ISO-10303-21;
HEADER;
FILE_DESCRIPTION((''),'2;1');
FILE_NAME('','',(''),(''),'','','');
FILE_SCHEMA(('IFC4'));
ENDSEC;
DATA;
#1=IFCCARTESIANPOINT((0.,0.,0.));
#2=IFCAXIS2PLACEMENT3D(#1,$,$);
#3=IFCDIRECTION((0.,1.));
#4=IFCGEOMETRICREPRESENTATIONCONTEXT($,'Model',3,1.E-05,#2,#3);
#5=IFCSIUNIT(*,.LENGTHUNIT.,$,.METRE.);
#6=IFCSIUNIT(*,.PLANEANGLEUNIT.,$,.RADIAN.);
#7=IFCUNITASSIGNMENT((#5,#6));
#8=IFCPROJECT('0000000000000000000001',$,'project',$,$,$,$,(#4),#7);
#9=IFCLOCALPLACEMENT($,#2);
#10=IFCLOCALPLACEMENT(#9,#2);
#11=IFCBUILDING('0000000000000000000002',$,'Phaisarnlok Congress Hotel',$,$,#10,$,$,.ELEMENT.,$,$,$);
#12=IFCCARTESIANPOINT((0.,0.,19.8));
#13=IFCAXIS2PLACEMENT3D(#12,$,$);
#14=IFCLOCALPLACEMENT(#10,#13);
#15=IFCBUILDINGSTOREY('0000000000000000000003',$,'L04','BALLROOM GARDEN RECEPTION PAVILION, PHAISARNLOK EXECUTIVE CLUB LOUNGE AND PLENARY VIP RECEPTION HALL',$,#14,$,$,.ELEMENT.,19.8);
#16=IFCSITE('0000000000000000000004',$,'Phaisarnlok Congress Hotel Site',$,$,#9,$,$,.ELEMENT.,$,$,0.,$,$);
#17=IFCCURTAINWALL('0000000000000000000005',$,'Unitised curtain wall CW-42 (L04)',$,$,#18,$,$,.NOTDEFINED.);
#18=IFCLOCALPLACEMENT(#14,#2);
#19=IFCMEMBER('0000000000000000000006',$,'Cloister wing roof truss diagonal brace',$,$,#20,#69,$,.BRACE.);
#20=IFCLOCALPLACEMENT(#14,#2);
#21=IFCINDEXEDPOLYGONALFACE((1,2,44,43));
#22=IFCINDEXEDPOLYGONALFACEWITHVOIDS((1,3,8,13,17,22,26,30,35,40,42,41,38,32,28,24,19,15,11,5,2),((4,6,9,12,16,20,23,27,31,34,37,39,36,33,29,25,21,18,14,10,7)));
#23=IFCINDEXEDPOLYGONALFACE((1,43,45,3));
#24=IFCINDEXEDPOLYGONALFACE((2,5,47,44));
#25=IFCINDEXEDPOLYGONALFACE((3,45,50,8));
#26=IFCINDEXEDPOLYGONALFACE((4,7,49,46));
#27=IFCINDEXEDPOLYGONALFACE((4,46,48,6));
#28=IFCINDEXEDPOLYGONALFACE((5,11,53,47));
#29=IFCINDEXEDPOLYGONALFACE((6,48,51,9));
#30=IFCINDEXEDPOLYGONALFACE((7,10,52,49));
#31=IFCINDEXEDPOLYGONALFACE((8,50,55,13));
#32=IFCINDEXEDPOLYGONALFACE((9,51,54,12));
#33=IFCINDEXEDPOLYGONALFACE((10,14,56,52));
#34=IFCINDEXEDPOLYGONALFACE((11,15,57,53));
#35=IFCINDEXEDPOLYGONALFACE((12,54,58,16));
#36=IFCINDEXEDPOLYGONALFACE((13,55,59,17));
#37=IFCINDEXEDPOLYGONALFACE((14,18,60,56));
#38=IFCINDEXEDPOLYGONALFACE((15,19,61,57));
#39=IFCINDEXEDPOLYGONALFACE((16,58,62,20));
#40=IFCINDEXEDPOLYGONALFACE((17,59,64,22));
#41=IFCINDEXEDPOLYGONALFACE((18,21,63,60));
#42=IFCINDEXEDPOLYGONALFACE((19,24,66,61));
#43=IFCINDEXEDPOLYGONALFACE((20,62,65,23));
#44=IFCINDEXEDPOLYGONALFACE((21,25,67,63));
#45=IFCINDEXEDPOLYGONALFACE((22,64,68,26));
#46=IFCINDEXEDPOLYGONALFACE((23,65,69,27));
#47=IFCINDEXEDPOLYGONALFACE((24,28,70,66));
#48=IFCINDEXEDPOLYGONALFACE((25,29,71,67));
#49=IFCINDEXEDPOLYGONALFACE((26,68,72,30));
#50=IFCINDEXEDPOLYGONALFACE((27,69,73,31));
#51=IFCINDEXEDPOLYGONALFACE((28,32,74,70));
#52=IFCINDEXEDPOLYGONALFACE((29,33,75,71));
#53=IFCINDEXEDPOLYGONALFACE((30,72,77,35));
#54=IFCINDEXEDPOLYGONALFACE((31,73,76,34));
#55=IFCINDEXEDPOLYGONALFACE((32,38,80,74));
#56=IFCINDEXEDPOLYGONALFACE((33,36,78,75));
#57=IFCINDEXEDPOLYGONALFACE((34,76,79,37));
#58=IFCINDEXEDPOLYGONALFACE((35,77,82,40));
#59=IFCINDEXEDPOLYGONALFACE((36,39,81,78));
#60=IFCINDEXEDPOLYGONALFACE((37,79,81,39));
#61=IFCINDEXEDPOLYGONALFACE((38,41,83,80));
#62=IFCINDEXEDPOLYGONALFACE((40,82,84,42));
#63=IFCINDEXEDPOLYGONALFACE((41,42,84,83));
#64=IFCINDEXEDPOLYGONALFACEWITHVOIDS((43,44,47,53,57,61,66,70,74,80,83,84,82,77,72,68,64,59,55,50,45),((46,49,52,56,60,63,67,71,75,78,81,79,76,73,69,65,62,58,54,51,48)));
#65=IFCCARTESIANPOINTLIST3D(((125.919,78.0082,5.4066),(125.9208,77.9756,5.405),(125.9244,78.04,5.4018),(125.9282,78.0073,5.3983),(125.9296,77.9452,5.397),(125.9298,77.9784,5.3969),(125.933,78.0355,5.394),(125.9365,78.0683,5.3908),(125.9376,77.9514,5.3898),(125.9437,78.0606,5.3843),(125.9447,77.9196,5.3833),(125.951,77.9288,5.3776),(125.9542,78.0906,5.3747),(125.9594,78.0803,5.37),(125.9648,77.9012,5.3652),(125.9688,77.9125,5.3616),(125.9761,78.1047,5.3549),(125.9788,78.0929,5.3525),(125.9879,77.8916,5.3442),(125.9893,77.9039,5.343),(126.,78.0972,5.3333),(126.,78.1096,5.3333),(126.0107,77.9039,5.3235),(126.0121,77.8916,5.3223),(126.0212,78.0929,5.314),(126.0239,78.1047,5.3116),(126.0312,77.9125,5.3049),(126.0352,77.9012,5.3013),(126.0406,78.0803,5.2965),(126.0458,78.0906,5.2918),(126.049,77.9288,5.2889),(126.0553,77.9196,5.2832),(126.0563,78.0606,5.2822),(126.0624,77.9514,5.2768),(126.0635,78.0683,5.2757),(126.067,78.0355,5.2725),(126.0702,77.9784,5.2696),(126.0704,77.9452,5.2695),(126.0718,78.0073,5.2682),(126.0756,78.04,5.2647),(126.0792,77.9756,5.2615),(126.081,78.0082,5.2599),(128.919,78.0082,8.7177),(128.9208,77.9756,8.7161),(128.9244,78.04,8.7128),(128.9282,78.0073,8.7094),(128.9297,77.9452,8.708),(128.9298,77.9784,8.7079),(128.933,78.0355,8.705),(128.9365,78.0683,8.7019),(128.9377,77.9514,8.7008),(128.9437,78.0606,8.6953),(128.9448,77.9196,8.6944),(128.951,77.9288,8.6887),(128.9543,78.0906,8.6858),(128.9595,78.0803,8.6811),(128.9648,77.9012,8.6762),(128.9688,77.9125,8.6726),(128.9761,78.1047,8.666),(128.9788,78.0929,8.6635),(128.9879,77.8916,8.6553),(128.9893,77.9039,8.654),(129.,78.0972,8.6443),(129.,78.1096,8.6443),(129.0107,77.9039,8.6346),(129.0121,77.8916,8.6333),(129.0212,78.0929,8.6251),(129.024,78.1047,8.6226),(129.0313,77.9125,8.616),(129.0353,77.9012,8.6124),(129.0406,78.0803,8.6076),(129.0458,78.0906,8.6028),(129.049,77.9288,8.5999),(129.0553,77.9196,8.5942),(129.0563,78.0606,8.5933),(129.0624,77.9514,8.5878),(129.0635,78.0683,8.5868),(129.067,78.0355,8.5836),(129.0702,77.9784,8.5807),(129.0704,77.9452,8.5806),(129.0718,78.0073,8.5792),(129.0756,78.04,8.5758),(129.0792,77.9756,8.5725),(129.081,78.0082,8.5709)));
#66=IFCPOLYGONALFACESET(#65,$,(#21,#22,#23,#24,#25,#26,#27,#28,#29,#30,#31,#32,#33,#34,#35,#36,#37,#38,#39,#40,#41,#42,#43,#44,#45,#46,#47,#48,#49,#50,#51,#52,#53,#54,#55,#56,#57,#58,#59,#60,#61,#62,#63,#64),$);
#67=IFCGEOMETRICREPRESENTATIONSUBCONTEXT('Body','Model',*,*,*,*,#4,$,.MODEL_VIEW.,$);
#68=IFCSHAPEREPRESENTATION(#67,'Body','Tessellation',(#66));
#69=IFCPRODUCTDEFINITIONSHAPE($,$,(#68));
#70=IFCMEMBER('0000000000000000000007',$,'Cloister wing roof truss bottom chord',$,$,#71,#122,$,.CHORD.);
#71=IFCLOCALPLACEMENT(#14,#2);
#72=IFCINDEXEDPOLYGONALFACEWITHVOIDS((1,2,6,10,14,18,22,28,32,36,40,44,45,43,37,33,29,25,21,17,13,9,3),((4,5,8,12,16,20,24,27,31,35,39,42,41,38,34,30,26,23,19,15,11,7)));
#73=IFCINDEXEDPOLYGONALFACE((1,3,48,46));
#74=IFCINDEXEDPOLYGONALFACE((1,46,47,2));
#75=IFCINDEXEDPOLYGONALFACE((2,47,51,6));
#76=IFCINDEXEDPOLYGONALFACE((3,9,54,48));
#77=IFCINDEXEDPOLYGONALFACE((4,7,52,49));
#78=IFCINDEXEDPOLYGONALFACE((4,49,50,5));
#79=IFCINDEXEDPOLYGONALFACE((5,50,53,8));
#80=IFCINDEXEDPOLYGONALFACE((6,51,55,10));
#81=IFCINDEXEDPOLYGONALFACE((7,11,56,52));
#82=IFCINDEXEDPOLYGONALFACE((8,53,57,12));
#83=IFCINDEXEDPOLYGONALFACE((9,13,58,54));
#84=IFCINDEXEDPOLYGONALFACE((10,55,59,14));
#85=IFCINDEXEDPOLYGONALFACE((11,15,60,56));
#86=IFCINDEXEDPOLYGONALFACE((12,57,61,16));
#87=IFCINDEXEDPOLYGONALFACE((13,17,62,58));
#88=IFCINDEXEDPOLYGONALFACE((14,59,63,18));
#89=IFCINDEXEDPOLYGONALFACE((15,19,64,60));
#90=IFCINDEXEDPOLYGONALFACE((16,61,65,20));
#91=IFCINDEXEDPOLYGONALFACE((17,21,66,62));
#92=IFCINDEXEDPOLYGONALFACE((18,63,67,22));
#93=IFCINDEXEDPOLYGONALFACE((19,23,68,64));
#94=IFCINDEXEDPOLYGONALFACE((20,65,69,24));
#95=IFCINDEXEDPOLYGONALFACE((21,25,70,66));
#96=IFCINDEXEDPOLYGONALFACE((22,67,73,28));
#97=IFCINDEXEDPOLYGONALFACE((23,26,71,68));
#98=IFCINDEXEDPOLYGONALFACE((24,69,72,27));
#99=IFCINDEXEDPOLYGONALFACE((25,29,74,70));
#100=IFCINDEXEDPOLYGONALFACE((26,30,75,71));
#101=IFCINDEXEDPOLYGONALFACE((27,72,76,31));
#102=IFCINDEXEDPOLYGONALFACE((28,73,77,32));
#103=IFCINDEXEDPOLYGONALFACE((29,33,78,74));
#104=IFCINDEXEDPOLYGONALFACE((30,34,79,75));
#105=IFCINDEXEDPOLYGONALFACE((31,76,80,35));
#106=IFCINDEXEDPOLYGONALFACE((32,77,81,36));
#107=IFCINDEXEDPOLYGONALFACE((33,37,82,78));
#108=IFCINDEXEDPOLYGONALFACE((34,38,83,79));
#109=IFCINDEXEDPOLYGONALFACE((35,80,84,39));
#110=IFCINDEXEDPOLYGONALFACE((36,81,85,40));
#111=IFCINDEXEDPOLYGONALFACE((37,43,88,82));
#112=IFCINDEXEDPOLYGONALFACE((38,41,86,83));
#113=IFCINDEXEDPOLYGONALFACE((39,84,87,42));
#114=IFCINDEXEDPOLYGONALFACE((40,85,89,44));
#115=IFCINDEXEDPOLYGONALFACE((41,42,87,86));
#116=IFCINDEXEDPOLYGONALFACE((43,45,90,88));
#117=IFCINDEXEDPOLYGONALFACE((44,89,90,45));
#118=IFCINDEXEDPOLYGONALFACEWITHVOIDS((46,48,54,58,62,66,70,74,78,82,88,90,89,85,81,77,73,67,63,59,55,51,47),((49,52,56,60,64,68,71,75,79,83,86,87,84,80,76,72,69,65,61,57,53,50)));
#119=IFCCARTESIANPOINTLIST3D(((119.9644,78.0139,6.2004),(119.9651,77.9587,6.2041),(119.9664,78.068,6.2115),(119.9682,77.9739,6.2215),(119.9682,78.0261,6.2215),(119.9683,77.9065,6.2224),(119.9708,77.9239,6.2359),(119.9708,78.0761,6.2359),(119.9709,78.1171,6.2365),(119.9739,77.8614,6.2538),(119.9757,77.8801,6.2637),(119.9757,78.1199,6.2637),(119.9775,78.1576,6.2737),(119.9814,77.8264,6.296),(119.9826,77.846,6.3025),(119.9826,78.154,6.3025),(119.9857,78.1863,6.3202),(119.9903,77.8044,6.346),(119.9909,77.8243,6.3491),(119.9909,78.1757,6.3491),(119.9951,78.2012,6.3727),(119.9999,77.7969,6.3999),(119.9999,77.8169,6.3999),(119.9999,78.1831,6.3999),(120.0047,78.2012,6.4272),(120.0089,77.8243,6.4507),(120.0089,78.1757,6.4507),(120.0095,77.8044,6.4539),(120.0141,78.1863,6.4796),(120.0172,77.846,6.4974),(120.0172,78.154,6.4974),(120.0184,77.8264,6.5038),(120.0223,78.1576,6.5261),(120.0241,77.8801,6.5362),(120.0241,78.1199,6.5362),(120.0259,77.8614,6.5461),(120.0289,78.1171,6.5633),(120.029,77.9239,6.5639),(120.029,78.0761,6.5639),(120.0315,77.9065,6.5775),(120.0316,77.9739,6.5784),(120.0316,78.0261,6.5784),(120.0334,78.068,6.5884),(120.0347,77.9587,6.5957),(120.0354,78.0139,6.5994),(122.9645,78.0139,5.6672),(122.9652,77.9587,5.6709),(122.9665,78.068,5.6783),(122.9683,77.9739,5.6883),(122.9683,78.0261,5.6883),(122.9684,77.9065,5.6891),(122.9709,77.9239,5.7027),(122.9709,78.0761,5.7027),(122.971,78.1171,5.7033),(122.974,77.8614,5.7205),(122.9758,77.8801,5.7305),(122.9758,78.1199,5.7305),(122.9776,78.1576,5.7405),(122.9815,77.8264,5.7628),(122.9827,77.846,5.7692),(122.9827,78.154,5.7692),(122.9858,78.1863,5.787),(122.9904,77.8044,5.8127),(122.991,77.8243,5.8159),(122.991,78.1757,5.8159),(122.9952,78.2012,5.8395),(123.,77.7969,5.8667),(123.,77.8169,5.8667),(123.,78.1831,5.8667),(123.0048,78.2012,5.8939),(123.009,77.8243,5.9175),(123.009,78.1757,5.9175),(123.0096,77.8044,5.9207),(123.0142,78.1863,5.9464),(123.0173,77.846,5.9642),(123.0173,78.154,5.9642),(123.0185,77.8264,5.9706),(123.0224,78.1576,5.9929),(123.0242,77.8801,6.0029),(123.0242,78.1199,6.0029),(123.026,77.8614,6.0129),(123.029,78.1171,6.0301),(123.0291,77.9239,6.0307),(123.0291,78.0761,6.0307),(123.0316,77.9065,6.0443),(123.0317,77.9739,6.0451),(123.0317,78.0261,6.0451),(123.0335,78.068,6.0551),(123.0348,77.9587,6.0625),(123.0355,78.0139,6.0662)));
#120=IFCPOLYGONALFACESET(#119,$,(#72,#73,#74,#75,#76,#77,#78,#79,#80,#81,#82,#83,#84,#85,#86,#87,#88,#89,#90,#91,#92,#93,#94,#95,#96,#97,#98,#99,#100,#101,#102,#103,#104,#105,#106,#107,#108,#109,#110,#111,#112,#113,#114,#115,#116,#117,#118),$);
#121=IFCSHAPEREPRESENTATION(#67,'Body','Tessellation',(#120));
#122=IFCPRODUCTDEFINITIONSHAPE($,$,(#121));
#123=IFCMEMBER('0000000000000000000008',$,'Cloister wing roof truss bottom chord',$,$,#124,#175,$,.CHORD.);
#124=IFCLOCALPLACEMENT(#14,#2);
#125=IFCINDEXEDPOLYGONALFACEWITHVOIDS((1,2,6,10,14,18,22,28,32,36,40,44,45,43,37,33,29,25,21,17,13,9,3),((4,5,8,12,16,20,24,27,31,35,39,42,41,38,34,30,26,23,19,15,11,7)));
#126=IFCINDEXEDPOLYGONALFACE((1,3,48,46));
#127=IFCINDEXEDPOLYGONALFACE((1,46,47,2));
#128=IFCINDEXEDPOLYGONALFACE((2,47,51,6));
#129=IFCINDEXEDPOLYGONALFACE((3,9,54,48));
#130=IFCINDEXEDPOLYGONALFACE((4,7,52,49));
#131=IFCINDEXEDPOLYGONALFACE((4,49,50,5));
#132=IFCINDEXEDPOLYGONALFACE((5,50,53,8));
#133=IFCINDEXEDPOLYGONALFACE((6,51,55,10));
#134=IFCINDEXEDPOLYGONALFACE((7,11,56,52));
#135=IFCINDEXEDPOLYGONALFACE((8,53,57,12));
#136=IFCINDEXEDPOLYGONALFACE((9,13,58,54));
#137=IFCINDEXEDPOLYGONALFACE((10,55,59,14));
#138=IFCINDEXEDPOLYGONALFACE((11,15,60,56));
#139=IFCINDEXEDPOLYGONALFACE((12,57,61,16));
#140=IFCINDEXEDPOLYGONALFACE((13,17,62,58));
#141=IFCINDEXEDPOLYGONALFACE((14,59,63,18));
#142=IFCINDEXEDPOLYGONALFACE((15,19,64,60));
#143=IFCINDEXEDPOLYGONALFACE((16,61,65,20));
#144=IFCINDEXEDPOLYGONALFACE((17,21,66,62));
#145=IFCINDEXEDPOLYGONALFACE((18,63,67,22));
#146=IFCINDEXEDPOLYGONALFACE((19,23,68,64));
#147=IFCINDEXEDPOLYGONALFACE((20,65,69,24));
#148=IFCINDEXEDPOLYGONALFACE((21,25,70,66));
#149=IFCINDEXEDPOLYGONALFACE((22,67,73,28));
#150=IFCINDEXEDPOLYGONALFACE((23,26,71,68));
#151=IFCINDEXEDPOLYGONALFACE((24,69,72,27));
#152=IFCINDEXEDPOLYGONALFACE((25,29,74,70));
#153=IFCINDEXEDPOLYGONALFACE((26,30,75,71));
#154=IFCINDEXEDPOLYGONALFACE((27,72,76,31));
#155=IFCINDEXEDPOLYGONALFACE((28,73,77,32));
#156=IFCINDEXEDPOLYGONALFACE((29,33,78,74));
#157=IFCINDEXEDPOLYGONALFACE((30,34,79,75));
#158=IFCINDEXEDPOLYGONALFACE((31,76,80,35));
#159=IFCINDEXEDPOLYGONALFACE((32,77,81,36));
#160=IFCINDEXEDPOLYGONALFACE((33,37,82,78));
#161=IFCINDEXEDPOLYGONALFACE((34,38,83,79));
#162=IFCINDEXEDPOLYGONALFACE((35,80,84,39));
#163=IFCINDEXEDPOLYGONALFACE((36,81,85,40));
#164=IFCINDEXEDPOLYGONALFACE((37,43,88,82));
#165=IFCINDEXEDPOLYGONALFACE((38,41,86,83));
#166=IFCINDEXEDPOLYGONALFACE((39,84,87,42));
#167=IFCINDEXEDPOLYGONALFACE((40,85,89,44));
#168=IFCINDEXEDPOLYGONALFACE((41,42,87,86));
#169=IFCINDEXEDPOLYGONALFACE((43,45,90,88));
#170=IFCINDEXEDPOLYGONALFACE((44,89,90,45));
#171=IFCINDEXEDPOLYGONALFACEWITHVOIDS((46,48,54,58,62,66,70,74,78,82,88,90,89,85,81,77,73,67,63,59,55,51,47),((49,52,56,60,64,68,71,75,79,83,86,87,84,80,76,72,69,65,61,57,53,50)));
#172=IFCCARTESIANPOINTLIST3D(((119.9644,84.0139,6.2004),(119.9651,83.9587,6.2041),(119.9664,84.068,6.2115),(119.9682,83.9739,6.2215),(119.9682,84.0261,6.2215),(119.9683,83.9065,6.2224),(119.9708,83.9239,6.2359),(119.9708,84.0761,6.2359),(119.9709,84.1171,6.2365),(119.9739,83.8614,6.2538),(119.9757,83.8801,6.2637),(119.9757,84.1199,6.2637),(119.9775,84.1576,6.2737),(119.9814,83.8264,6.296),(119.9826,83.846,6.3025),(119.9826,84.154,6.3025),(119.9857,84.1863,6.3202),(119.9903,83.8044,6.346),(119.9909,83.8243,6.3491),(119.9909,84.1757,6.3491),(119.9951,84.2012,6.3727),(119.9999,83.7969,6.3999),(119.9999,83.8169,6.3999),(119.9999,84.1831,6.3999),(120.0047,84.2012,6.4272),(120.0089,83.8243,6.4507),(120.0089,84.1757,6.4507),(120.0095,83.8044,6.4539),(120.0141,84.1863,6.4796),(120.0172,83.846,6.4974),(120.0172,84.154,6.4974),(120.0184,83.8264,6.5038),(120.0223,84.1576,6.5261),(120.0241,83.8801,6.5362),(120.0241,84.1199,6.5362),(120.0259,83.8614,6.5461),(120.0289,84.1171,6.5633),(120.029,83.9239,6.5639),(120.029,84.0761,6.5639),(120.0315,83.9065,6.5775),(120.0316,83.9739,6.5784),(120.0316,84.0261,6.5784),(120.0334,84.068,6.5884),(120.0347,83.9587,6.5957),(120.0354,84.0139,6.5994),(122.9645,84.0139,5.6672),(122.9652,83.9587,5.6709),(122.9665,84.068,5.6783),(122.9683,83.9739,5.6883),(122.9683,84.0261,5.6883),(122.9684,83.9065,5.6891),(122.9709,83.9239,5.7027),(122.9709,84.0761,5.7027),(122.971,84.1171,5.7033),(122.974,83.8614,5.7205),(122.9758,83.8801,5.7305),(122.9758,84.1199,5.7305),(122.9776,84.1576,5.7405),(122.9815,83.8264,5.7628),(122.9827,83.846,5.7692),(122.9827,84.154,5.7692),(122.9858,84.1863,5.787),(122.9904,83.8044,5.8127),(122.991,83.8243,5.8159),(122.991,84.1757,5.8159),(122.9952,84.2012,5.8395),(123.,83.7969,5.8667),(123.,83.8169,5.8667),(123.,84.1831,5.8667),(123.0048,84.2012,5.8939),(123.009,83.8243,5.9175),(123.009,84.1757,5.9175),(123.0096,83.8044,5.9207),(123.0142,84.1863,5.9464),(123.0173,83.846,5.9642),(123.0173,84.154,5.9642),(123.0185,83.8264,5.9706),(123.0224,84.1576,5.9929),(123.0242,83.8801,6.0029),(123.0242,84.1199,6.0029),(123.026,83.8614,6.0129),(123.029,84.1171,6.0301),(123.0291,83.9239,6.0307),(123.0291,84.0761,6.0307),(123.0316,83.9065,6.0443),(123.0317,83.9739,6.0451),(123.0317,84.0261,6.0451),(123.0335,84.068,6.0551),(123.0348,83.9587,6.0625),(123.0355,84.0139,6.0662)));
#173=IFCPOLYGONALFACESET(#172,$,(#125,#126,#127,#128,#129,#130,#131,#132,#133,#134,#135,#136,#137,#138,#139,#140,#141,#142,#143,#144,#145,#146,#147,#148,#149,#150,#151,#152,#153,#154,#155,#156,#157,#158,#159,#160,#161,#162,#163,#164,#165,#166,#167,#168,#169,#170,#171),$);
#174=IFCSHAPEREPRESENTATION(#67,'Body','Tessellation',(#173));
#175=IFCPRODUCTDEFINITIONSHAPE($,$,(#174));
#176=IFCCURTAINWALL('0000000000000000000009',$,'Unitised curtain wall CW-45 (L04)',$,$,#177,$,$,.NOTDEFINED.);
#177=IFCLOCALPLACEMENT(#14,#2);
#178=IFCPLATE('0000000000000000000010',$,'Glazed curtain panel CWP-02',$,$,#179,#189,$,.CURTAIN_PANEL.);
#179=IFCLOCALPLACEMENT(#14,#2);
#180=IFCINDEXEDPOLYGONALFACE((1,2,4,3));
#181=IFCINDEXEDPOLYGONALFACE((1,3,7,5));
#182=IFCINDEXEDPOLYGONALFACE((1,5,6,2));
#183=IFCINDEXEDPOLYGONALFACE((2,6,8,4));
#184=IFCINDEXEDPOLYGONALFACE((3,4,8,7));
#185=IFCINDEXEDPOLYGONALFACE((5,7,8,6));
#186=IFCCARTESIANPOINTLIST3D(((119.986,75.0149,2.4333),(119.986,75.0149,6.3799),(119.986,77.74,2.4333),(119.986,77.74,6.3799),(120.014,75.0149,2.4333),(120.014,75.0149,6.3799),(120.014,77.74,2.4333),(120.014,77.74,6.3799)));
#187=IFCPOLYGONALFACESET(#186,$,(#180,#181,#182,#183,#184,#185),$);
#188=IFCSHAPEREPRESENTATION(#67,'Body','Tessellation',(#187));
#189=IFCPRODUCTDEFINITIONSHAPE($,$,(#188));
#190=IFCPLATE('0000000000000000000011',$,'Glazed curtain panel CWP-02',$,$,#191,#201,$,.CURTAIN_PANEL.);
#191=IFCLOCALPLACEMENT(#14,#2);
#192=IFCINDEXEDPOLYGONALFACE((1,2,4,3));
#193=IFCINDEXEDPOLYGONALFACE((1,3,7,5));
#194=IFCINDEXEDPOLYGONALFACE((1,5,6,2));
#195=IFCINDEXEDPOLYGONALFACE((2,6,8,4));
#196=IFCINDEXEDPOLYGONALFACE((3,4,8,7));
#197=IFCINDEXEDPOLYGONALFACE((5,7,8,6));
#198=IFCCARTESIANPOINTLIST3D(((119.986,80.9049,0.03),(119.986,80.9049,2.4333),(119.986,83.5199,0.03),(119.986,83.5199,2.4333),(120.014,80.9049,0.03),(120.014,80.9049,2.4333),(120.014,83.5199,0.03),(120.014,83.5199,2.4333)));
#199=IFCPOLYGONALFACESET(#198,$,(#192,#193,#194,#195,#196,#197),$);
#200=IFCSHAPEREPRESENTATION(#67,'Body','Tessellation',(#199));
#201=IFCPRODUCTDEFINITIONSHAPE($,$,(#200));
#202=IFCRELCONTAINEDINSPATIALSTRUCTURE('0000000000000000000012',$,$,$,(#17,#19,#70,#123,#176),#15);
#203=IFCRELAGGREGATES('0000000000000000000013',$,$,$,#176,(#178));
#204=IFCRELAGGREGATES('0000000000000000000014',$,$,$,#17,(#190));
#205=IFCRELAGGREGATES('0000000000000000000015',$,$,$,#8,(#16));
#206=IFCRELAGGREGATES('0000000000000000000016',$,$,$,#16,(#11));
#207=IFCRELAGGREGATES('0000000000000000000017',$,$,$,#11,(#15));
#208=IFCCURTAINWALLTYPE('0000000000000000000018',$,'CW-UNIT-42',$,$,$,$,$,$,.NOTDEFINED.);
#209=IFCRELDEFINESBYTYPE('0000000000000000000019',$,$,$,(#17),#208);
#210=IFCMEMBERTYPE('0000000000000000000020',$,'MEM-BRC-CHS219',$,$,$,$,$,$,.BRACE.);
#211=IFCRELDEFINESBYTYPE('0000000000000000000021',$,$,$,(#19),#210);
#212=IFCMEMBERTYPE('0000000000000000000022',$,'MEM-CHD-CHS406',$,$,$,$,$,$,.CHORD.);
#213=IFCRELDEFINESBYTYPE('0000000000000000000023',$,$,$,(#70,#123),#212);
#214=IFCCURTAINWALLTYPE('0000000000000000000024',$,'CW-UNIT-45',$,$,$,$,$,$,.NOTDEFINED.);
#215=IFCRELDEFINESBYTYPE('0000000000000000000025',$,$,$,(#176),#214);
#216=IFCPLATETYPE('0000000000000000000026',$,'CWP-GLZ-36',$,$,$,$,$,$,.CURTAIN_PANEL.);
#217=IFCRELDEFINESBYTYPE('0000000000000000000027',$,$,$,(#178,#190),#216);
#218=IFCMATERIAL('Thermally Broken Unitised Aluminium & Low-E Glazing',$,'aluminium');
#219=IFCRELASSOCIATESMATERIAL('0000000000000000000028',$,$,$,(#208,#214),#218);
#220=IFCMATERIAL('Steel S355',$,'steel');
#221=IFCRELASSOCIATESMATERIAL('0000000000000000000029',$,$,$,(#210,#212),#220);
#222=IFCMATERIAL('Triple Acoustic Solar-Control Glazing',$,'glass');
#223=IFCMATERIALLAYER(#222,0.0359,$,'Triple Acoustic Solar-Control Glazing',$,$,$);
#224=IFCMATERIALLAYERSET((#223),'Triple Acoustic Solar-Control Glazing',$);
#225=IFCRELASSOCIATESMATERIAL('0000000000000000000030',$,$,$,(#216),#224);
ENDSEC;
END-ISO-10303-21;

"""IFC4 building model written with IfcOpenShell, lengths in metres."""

from ifc_helpers import new_model, si_unit, direction, frame, frame_2d, origin, origin_2d, place, context, subcontext, project, spatial, rectangle, hollow_circle, extrude, material, layer, layer_set, material_profile, profile_set, type_object, element, aggregate, save


model = new_model("IFC4")

# Units and contexts
model_context = context("Model", 3, precision=1e-05, world=origin(), true_north=direction((0.0, 1.0)))
body_context = subcontext(model_context, "Body", "Model", "MODEL_VIEW")
ifc_project = project(units=[si_unit("LENGTHUNIT", "METRE"), si_unit("PLANEANGLEUNIT", "RADIAN")], contexts=[model_context])

# Site, building, storey
site_placement = place(None, origin())
site = spatial("IfcSite", under=ifc_project, at=site_placement, Name="Phaisarnlok Congress Hotel Site", CompositionType="ELEMENT", RefElevation=0.0)
building_placement = place(site_placement, origin())
building = spatial("IfcBuilding", under=site, at=building_placement, Name="Phaisarnlok Congress Hotel", CompositionType="ELEMENT")
storey_placement = place(building_placement, frame((0.0, 0.0, 19.8)))
storey = spatial("IfcBuildingStorey", under=building, at=storey_placement, Name="L04", Description="BALLROOM GARDEN RECEPTION PAVILION, PHAISARNLOK EXECUTIVE CLUB LOUNGE AND PLENARY VIP RECEPTION HALL", CompositionType="ELEMENT", Elevation=19.8)

# Shared definitions
ifc_material_1 = material(Name="Steel S355", Category="steel")

# Curtain wall
ifc_material_2 = material(Name="Thermally Broken Unitised Aluminium & Low-E Glazing", Category="aluminium")
curtain_wall_type_1 = type_object("IfcCurtainWallType", Name="CW-UNIT-42", PredefinedType="NOTDEFINED", material=ifc_material_2)
curtain_wall_1_placement = place(storey_placement, origin())
curtain_wall_1 = element("IfcCurtainWall", 1, at=curtain_wall_1_placement, inside=storey, type_object=curtain_wall_type_1, Name="Unitised curtain wall CW-42 (L04)", PredefinedType="NOTDEFINED")

# Members
ifc_material_profile_1 = material_profile(ifc_material_1, hollow_circle(Radius=0.1096, WallThickness=0.0125, at=origin_2d()), Name="CHS 219.1x12.5")
ifc_profile_set_1 = profile_set([ifc_material_profile_1], Name="Steel S355")
member_type_1 = type_object("IfcMemberType", Name="MEM-BRC-CHS219", PredefinedType="BRACE", material=ifc_profile_set_1)
member_1_placement = place(storey_placement, frame((126.0, 78.0, 5.3333), z_axis=(0.671443, 0.0, 0.741057), x_axis=(0.0, 1.0, 0.0)))
element("IfcMember", 2, at=member_1_placement, inside=storey, type_object=member_type_1, Name="Cloister wing roof truss diagonal brace", PredefinedType="BRACE", context=body_context, shape_type="SweptSolid", body=[
    extrude(hollow_circle(Radius=0.1096, WallThickness=0.0125, at=origin_2d()), origin(), (0.0, 0.0, 1.0), 4.468),
])
ifc_material_profile_2 = material_profile(ifc_material_1, hollow_circle(Radius=0.2031, WallThickness=0.02, at=origin_2d()), Name="CHS 406.4x20")
ifc_profile_set_2 = profile_set([ifc_material_profile_2], Name="Steel S355")
member_type_2 = type_object("IfcMemberType", Name="MEM-CHD-CHS406", PredefinedType="CHORD", material=ifc_profile_set_2)
for number, where, z_axis, x_axis, name in (
    (3, (123.0, 78.0, 5.8667), (-0.98457, 0.0, 0.174992), (0.0, -1.0, 0.0), "Cloister wing roof truss bottom chord"),
    (4, (123.0, 84.0, 5.8667), (-0.98457, 0.0, 0.174992), (0.0, -1.0, 0.0), "Cloister wing roof truss bottom chord"),
):
    element("IfcMember", number, at=place(storey_placement, frame(where, z_axis=z_axis, x_axis=x_axis)), inside=storey, type_object=member_type_2, Name=name, PredefinedType="CHORD", context=body_context, shape_type="SweptSolid", body=[
        extrude(hollow_circle(Radius=0.2031, WallThickness=0.02, at=origin_2d()), origin(), (0.0, 0.0, 1.0), 3.0471),
    ])

# Curtain wall, plate
curtain_wall_type_2 = type_object("IfcCurtainWallType", Name="CW-UNIT-45", PredefinedType="NOTDEFINED", material=ifc_material_2)
curtain_wall_2_placement = place(storey_placement, origin())
curtain_wall_2 = element("IfcCurtainWall", 5, at=curtain_wall_2_placement, inside=storey, type_object=curtain_wall_type_2, Name="Unitised curtain wall CW-45 (L04)", PredefinedType="NOTDEFINED")
ifc_material_3 = material(Name="Triple Acoustic Solar-Control Glazing", Category="glass")
ifc_layer_1 = layer(ifc_material_3, 0.0359, Name="Triple Acoustic Solar-Control Glazing")
ifc_layer_set_1 = layer_set([ifc_layer_1], Name="Triple Acoustic Solar-Control Glazing")
plate_type_1 = type_object("IfcPlateType", Name="CWP-GLZ-36", PredefinedType="CURTAIN_PANEL", material=ifc_layer_set_1)
plate_1_placement = place(storey_placement, frame((120.0, 77.74, 2.4333), z_axis=(0.0, 0.0, 1.0), x_axis=(0.0, -1.0, 0.0)))
plate_1 = element("IfcPlate", 6, at=plate_1_placement, type_object=plate_type_1, Name="Glazed curtain panel CWP-02", PredefinedType="CURTAIN_PANEL", context=body_context, shape_type="SweptSolid", body=[
    extrude(rectangle(XDim=2.7251, YDim=0.0281, at=frame_2d((1.3625, 0.0))), origin(), (0.0, 0.0, 1.0), 3.9465),
])
aggregate(curtain_wall_2, [plate_1])

# Plate
plate_2_placement = place(storey_placement, frame((120.0, 83.52, 0.03), z_axis=(0.0, 0.0, 1.0), x_axis=(0.0, -1.0, 0.0)))
plate_2 = element("IfcPlate", 7, at=plate_2_placement, type_object=plate_type_1, Name="Glazed curtain panel CWP-02", PredefinedType="CURTAIN_PANEL", context=body_context, shape_type="SweptSolid", body=[
    extrude(rectangle(XDim=2.615, YDim=0.0281, at=frame_2d((1.3076, 0.0))), origin(), (0.0, 0.0, 1.0), 2.4033),
])
aggregate(curtain_wall_1, [plate_2])

save(model, "model.ifc")
